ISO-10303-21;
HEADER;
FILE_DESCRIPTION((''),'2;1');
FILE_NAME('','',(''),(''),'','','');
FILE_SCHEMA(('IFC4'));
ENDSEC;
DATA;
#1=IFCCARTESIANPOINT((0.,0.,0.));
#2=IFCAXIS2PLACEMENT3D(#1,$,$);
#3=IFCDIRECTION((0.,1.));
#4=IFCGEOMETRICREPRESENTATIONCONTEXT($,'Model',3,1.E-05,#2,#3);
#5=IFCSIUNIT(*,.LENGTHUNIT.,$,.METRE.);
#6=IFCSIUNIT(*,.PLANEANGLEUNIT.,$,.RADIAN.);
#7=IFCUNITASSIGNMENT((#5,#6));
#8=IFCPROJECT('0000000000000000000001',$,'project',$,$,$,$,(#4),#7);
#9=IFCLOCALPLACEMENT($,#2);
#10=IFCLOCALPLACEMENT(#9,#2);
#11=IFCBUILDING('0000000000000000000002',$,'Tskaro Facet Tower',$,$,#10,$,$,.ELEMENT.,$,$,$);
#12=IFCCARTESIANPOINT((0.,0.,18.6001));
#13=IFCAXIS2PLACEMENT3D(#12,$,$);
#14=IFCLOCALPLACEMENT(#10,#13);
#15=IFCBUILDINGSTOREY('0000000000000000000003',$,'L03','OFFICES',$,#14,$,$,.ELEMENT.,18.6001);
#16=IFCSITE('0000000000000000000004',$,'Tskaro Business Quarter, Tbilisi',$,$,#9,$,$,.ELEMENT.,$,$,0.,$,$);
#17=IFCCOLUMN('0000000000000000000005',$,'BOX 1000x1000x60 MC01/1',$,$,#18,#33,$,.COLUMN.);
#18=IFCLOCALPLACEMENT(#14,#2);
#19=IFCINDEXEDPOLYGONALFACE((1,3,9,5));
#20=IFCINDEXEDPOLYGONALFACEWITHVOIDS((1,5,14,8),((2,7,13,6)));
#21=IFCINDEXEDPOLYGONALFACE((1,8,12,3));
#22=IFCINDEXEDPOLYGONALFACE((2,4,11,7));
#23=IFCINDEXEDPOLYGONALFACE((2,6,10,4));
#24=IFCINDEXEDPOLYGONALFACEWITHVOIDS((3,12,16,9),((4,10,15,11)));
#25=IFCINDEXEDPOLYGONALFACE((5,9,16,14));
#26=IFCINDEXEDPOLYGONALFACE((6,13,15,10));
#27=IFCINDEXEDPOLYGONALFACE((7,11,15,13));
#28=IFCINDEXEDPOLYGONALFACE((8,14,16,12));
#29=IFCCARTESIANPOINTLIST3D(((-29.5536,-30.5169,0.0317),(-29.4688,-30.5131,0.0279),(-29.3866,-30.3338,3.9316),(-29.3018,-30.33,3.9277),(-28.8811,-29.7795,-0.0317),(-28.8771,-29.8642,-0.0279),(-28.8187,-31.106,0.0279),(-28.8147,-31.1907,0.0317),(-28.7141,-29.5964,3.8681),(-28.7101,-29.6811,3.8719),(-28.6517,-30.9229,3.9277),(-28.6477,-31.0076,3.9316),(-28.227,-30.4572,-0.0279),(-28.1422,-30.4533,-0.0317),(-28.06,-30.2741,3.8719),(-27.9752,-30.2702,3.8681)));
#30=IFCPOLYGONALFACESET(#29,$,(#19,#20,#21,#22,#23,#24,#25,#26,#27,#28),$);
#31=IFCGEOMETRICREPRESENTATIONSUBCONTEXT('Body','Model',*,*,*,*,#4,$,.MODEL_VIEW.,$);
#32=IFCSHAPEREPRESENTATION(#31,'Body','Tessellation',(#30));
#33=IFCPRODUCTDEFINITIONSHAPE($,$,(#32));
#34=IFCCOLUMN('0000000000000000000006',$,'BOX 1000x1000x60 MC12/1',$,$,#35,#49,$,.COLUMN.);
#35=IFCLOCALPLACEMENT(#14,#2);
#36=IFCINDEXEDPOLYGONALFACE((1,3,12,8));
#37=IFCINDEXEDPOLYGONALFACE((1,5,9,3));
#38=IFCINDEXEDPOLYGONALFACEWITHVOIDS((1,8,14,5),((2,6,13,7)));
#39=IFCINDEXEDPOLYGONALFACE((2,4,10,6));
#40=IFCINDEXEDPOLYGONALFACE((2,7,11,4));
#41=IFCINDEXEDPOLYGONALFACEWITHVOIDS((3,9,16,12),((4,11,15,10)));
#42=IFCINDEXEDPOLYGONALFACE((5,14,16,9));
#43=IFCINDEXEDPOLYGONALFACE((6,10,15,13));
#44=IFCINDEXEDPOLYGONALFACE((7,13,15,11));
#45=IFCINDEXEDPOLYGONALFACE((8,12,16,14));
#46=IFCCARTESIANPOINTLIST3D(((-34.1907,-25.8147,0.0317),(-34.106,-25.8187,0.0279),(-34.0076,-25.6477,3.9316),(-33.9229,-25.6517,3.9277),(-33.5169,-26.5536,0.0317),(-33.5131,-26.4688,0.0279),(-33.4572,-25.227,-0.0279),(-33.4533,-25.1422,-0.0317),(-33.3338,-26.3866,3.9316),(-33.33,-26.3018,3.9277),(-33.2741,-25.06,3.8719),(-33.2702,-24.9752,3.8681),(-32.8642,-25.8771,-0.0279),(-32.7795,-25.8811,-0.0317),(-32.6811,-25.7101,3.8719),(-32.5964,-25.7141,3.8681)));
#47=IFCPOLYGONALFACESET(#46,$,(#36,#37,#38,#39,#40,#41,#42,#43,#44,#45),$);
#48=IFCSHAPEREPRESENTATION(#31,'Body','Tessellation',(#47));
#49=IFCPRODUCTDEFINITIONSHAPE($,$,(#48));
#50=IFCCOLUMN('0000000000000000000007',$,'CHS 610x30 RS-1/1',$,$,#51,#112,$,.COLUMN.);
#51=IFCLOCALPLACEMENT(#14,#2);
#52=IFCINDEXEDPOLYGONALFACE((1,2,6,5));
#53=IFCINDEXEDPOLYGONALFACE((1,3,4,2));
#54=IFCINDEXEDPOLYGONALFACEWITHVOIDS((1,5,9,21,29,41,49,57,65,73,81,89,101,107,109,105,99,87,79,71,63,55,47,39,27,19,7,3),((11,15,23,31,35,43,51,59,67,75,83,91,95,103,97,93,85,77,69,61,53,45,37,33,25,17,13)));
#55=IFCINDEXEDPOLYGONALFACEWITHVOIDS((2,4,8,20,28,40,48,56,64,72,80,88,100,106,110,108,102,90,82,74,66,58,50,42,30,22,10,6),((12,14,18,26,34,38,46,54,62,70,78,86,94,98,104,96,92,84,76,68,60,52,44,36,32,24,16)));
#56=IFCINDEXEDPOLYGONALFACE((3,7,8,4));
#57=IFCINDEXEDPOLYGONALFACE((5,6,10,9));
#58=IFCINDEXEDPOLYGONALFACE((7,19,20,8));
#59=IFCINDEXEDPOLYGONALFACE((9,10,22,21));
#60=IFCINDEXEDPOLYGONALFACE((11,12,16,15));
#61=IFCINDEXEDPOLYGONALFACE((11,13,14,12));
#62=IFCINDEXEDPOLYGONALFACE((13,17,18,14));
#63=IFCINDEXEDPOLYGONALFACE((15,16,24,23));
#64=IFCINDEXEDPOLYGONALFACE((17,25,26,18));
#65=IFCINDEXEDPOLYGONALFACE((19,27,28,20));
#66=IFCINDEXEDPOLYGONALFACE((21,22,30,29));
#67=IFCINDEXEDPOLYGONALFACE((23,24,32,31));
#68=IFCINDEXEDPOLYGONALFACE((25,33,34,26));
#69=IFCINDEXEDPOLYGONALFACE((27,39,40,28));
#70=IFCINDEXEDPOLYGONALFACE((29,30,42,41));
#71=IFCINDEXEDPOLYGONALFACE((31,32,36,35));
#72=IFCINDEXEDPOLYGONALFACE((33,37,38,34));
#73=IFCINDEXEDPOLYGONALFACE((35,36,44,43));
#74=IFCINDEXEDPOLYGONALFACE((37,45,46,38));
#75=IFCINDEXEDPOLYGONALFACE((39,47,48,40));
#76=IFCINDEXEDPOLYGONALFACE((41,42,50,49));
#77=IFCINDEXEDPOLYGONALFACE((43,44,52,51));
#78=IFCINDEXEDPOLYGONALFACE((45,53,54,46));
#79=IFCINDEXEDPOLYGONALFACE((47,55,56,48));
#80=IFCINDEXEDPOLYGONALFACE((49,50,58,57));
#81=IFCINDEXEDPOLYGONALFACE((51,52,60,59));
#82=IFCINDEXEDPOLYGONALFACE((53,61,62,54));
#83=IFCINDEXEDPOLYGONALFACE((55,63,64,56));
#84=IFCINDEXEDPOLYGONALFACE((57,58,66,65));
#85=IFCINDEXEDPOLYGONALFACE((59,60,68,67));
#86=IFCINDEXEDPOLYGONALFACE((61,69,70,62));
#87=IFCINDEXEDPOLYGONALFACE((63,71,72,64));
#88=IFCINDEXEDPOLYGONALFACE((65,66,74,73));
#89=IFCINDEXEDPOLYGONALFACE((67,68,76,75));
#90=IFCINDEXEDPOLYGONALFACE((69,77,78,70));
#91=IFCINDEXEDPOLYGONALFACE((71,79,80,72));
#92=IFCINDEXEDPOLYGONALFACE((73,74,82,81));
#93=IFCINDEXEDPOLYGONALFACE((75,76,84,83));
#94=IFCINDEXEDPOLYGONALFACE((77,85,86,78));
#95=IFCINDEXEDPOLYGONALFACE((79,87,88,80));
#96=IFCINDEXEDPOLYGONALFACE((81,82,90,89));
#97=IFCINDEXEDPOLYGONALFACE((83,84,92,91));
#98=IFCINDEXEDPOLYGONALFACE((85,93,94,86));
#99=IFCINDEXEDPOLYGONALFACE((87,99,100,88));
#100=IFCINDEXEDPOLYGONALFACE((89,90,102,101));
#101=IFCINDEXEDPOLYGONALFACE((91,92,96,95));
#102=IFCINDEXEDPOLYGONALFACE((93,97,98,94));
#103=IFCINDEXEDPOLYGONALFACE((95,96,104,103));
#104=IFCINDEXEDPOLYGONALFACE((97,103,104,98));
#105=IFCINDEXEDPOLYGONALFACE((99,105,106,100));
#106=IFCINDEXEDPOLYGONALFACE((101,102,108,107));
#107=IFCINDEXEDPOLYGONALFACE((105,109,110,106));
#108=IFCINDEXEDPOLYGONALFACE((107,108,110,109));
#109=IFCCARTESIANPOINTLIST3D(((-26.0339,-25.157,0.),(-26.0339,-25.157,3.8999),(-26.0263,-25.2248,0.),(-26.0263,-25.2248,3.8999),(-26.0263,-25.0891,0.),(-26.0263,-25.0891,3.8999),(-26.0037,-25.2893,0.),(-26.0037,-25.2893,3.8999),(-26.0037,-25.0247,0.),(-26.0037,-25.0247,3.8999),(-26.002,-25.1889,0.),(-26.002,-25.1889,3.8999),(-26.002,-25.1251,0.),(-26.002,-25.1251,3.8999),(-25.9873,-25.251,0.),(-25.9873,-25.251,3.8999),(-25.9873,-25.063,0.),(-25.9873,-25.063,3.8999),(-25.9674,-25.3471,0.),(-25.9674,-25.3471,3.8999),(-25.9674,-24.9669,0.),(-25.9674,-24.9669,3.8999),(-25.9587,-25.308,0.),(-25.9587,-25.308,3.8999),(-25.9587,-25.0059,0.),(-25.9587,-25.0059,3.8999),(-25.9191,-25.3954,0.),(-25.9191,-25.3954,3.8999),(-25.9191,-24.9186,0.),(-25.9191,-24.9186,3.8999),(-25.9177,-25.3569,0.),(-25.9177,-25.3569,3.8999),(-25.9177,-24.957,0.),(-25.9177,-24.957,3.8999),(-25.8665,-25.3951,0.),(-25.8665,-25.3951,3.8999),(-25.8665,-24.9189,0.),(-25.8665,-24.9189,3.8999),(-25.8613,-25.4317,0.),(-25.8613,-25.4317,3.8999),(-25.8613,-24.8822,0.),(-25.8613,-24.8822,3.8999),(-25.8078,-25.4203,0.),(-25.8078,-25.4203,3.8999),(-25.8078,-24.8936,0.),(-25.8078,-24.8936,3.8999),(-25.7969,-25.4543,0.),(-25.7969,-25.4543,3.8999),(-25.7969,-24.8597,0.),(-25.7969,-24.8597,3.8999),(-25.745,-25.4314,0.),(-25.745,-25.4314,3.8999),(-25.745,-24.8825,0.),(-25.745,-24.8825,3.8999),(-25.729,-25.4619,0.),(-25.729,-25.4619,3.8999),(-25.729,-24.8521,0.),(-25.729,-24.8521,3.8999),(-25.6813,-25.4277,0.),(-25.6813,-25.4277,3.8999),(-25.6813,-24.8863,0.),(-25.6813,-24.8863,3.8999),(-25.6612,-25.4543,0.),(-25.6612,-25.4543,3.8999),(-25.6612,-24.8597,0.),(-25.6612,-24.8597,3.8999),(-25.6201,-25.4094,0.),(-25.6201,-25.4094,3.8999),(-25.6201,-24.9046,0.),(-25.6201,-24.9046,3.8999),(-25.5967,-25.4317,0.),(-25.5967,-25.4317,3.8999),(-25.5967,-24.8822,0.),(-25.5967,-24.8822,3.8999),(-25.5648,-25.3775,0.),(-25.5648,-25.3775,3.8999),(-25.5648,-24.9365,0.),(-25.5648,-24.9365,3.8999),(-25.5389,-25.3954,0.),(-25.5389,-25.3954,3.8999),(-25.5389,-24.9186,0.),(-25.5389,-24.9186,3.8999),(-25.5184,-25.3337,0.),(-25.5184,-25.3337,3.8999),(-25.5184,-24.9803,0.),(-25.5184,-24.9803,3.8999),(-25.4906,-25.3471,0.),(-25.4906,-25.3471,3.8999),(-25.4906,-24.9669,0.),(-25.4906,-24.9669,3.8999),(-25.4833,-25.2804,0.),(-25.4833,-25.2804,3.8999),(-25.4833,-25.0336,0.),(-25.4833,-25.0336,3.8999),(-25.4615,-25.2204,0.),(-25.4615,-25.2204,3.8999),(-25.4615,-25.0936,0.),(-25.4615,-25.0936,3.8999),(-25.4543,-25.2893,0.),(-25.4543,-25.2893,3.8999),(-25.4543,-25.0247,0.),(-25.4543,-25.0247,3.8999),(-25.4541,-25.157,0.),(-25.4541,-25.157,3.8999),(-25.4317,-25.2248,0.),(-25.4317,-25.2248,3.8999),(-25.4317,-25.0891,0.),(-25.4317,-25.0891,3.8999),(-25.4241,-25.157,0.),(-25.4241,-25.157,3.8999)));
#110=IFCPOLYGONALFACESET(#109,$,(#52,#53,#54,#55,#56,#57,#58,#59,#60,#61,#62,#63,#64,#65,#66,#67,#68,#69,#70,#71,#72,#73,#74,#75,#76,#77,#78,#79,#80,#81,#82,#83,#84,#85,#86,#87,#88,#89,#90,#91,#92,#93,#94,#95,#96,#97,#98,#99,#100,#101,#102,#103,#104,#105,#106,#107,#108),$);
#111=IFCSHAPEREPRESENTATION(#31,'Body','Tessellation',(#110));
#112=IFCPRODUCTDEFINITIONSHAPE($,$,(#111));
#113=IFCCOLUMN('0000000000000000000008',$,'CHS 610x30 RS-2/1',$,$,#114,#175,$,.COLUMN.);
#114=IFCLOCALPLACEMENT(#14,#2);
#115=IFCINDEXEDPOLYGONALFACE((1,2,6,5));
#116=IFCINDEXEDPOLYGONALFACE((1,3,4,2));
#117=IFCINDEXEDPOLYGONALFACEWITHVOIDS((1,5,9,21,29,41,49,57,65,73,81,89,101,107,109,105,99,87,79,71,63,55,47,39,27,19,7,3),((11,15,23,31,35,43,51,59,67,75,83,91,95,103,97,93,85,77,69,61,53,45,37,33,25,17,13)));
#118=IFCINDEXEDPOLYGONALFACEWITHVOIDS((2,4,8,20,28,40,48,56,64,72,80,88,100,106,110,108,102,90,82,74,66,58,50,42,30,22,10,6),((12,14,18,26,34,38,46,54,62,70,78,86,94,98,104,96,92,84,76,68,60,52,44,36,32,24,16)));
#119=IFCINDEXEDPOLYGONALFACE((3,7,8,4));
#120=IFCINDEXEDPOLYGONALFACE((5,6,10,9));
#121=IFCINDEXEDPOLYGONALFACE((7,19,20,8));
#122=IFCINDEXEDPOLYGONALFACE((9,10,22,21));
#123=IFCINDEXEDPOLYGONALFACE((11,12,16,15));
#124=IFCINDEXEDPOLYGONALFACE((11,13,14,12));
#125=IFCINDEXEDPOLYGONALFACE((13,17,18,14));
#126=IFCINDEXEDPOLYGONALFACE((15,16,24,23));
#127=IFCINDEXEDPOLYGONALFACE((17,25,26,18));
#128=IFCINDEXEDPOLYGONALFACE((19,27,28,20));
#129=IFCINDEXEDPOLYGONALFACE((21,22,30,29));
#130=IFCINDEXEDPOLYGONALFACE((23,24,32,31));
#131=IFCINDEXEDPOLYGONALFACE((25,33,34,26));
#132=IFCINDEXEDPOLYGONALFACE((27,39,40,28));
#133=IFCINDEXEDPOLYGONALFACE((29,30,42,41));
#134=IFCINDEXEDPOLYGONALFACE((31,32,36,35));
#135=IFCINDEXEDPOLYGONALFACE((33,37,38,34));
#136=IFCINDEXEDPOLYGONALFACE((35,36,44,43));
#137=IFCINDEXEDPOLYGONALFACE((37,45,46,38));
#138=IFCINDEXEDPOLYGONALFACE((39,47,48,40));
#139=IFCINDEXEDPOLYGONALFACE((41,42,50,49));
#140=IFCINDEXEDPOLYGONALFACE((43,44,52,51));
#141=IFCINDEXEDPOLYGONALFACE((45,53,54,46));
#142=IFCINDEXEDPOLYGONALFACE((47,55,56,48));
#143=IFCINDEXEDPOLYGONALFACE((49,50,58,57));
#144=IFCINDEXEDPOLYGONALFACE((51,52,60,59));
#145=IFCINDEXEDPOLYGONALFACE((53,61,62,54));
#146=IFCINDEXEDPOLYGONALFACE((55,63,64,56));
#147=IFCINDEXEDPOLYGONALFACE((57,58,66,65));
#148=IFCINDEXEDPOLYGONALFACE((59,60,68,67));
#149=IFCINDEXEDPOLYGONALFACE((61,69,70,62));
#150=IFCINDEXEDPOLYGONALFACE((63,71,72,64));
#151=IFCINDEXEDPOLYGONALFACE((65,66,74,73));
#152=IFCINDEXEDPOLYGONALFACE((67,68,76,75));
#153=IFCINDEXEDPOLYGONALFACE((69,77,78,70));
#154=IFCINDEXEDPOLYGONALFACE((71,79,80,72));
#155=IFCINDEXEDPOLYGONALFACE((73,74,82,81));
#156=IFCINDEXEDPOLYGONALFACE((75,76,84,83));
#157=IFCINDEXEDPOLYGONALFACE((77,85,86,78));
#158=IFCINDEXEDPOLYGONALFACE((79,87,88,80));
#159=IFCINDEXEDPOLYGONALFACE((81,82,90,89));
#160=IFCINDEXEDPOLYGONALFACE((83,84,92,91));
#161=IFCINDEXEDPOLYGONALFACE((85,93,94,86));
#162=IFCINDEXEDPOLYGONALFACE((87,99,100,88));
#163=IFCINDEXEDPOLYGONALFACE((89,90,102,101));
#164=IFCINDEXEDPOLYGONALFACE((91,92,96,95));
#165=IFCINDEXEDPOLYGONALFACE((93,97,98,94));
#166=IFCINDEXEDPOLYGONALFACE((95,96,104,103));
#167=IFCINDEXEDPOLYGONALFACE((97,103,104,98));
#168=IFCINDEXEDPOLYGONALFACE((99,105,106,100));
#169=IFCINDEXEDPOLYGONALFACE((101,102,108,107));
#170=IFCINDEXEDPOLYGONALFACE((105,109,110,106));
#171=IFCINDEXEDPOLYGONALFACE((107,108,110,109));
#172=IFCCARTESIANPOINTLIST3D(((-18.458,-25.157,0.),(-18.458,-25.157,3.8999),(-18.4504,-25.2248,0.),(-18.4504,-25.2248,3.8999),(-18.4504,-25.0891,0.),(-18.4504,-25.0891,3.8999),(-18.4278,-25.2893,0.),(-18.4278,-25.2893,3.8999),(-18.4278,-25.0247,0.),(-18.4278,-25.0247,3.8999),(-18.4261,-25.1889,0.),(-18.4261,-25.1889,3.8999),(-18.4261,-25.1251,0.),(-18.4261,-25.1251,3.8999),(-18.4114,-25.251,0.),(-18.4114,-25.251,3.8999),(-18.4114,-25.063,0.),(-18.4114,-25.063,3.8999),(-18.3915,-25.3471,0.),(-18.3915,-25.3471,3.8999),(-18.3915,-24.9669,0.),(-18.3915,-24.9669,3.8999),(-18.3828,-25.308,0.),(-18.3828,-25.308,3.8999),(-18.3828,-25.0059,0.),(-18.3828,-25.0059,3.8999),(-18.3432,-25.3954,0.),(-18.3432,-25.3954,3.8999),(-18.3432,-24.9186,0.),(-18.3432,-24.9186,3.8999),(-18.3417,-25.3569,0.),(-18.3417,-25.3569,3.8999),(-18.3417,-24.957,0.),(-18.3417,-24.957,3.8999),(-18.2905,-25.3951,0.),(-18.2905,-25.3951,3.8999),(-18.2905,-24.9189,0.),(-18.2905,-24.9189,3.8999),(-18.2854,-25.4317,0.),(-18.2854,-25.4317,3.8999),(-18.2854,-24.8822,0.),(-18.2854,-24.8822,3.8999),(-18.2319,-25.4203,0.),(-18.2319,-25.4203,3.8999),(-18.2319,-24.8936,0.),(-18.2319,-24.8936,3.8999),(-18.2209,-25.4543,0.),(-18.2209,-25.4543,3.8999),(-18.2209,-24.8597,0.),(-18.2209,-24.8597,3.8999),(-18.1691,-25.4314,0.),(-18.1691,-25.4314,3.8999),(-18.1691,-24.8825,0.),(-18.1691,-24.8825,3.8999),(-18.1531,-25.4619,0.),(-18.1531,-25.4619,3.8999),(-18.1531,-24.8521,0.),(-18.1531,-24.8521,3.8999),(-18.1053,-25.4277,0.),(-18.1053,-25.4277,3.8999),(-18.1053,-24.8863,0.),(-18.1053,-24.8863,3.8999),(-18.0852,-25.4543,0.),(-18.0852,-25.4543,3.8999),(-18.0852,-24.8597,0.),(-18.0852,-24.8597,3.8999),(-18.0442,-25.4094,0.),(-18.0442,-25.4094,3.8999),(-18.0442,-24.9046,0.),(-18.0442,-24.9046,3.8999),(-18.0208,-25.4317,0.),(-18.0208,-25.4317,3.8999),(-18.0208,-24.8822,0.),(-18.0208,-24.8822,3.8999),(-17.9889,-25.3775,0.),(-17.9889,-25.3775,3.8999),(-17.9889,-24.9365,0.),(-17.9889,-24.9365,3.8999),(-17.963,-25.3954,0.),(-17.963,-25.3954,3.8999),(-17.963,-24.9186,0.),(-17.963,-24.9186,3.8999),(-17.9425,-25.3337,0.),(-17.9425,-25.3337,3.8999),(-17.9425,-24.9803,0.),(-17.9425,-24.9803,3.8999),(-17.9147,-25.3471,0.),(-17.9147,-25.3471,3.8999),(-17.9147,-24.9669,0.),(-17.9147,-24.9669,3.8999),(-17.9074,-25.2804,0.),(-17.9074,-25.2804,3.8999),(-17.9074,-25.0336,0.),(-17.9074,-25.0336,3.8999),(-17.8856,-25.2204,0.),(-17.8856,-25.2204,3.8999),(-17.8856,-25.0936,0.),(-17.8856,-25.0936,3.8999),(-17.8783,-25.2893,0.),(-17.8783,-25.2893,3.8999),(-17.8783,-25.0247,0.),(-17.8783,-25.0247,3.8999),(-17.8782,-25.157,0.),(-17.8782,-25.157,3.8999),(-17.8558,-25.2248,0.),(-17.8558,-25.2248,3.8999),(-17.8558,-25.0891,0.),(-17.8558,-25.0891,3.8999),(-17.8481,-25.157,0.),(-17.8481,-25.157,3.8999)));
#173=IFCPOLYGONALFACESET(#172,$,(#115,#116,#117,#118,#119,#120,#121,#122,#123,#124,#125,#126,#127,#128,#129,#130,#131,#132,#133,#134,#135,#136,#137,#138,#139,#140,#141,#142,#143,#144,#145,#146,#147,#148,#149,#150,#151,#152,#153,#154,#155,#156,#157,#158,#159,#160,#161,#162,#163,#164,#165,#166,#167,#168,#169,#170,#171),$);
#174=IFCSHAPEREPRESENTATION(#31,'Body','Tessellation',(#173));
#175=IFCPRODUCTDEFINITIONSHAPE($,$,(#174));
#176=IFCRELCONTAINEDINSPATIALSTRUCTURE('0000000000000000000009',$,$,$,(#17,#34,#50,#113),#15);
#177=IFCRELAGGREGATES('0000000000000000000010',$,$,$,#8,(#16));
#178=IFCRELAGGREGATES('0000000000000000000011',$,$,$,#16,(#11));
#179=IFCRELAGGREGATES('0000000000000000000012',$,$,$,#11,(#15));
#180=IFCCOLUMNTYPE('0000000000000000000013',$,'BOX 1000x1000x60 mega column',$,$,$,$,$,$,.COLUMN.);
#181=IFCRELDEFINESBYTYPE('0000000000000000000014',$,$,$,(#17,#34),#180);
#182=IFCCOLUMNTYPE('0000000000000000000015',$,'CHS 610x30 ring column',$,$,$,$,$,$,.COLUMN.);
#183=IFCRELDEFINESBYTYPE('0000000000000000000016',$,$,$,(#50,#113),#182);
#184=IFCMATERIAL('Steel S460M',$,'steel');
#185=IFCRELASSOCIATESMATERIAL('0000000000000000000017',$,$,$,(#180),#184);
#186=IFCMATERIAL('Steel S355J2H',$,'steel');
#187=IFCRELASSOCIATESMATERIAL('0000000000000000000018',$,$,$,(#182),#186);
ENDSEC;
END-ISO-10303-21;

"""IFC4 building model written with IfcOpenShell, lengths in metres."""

from ifc_helpers import new_model, si_unit, direction, frame, origin, origin_2d, place, context, subcontext, project, spatial, hollow_rectangle, hollow_circle, extrude, material, material_profile, profile_set, type_object, element, save


model = new_model("IFC4")

# Units and contexts
model_context = context("Model", 3, precision=1e-05, world=origin(), true_north=direction((0.0, 1.0)))
body_context = subcontext(model_context, "Body", "Model", "MODEL_VIEW")
ifc_project = project(units=[si_unit("LENGTHUNIT", "METRE"), si_unit("PLANEANGLEUNIT", "RADIAN")], contexts=[model_context])

# Site, building, storey
site_placement = place(None, origin())
site = spatial("IfcSite", under=ifc_project, at=site_placement, Name="Tskaro Business Quarter, Tbilisi", CompositionType="ELEMENT", RefElevation=0.0)
building_placement = place(site_placement, origin())
building = spatial("IfcBuilding", under=site, at=building_placement, Name="Tskaro Facet Tower", CompositionType="ELEMENT")
storey_placement = place(building_placement, frame((0.0, 0.0, 18.6001)))
storey = spatial("IfcBuildingStorey", under=building, at=storey_placement, Name="L03", Description="OFFICES", CompositionType="ELEMENT", Elevation=18.6001)

# Columns
ifc_material_1 = material(Name="Steel S460M", Category="steel")
ifc_material_profile_1 = material_profile(ifc_material_1, hollow_rectangle(XDim=1.0, YDim=1.0, WallThickness=0.0601, at=origin_2d()), Name="BOX 1000x1000x60")
ifc_profile_set_1 = profile_set([ifc_material_profile_1], Name="Steel S460M")
column_type_1 = type_object("IfcColumnType", Name="BOX 1000x1000x60 mega column", PredefinedType="COLUMN", material=ifc_profile_set_1)
for number, where, z_axis, x_axis, name in (
    (1, (-28.8479, -30.4851, 0.0), (0.042733, 0.046857, 0.997987), (-0.738869, 0.673849, 0.0), "BOX 1000x1000x60 MC01/1"),
    (2, (-33.4851, -25.8479, 0.0), (0.046857, 0.042733, 0.997987), (-0.673849, 0.738869, 0.0), "BOX 1000x1000x60 MC12/1"),
):
    element("IfcColumn", number, at=place(storey_placement, frame(where, z_axis=z_axis, x_axis=x_axis)), inside=storey, type_object=column_type_1, Name=name, PredefinedType="COLUMN", context=body_context, shape_type="SweptSolid", body=[
        extrude(hollow_rectangle(XDim=1.0, YDim=1.0, WallThickness=0.0601, at=origin_2d()), origin(), (0.0, 0.0, 1.0), 3.9077),
    ])
ifc_material_2 = material(Name="Steel S355J2H", Category="steel")
ifc_material_profile_2 = material_profile(ifc_material_2, hollow_circle(Radius=0.3049, WallThickness=0.03, at=origin_2d()), Name="CHS 610x30")
ifc_profile_set_2 = profile_set([ifc_material_profile_2], Name="Steel S355J2H")
column_type_2 = type_object("IfcColumnType", Name="CHS 610x30 ring column", PredefinedType="COLUMN", material=ifc_profile_set_2)
for number, where, z_axis, x_axis, name in (
    (3, (-25.729, -25.157, 0.0), (0.0, 0.0, 1.0), (1.0, 0.0, 0.0), "CHS 610x30 RS-1/1"),
    (4, (-18.1531, -25.157, 0.0), (0.0, 0.0, 1.0), (1.0, 0.0, 0.0), "CHS 610x30 RS-2/1"),
):
    element("IfcColumn", number, at=place(storey_placement, frame(where, z_axis=z_axis, x_axis=x_axis)), inside=storey, type_object=column_type_2, Name=name, PredefinedType="COLUMN", context=body_context, shape_type="SweptSolid", body=[
        extrude(hollow_circle(Radius=0.3049, WallThickness=0.03, at=origin_2d()), origin(), (0.0, 0.0, 1.0), 3.8999),
    ])

save(model, "model.ifc")
